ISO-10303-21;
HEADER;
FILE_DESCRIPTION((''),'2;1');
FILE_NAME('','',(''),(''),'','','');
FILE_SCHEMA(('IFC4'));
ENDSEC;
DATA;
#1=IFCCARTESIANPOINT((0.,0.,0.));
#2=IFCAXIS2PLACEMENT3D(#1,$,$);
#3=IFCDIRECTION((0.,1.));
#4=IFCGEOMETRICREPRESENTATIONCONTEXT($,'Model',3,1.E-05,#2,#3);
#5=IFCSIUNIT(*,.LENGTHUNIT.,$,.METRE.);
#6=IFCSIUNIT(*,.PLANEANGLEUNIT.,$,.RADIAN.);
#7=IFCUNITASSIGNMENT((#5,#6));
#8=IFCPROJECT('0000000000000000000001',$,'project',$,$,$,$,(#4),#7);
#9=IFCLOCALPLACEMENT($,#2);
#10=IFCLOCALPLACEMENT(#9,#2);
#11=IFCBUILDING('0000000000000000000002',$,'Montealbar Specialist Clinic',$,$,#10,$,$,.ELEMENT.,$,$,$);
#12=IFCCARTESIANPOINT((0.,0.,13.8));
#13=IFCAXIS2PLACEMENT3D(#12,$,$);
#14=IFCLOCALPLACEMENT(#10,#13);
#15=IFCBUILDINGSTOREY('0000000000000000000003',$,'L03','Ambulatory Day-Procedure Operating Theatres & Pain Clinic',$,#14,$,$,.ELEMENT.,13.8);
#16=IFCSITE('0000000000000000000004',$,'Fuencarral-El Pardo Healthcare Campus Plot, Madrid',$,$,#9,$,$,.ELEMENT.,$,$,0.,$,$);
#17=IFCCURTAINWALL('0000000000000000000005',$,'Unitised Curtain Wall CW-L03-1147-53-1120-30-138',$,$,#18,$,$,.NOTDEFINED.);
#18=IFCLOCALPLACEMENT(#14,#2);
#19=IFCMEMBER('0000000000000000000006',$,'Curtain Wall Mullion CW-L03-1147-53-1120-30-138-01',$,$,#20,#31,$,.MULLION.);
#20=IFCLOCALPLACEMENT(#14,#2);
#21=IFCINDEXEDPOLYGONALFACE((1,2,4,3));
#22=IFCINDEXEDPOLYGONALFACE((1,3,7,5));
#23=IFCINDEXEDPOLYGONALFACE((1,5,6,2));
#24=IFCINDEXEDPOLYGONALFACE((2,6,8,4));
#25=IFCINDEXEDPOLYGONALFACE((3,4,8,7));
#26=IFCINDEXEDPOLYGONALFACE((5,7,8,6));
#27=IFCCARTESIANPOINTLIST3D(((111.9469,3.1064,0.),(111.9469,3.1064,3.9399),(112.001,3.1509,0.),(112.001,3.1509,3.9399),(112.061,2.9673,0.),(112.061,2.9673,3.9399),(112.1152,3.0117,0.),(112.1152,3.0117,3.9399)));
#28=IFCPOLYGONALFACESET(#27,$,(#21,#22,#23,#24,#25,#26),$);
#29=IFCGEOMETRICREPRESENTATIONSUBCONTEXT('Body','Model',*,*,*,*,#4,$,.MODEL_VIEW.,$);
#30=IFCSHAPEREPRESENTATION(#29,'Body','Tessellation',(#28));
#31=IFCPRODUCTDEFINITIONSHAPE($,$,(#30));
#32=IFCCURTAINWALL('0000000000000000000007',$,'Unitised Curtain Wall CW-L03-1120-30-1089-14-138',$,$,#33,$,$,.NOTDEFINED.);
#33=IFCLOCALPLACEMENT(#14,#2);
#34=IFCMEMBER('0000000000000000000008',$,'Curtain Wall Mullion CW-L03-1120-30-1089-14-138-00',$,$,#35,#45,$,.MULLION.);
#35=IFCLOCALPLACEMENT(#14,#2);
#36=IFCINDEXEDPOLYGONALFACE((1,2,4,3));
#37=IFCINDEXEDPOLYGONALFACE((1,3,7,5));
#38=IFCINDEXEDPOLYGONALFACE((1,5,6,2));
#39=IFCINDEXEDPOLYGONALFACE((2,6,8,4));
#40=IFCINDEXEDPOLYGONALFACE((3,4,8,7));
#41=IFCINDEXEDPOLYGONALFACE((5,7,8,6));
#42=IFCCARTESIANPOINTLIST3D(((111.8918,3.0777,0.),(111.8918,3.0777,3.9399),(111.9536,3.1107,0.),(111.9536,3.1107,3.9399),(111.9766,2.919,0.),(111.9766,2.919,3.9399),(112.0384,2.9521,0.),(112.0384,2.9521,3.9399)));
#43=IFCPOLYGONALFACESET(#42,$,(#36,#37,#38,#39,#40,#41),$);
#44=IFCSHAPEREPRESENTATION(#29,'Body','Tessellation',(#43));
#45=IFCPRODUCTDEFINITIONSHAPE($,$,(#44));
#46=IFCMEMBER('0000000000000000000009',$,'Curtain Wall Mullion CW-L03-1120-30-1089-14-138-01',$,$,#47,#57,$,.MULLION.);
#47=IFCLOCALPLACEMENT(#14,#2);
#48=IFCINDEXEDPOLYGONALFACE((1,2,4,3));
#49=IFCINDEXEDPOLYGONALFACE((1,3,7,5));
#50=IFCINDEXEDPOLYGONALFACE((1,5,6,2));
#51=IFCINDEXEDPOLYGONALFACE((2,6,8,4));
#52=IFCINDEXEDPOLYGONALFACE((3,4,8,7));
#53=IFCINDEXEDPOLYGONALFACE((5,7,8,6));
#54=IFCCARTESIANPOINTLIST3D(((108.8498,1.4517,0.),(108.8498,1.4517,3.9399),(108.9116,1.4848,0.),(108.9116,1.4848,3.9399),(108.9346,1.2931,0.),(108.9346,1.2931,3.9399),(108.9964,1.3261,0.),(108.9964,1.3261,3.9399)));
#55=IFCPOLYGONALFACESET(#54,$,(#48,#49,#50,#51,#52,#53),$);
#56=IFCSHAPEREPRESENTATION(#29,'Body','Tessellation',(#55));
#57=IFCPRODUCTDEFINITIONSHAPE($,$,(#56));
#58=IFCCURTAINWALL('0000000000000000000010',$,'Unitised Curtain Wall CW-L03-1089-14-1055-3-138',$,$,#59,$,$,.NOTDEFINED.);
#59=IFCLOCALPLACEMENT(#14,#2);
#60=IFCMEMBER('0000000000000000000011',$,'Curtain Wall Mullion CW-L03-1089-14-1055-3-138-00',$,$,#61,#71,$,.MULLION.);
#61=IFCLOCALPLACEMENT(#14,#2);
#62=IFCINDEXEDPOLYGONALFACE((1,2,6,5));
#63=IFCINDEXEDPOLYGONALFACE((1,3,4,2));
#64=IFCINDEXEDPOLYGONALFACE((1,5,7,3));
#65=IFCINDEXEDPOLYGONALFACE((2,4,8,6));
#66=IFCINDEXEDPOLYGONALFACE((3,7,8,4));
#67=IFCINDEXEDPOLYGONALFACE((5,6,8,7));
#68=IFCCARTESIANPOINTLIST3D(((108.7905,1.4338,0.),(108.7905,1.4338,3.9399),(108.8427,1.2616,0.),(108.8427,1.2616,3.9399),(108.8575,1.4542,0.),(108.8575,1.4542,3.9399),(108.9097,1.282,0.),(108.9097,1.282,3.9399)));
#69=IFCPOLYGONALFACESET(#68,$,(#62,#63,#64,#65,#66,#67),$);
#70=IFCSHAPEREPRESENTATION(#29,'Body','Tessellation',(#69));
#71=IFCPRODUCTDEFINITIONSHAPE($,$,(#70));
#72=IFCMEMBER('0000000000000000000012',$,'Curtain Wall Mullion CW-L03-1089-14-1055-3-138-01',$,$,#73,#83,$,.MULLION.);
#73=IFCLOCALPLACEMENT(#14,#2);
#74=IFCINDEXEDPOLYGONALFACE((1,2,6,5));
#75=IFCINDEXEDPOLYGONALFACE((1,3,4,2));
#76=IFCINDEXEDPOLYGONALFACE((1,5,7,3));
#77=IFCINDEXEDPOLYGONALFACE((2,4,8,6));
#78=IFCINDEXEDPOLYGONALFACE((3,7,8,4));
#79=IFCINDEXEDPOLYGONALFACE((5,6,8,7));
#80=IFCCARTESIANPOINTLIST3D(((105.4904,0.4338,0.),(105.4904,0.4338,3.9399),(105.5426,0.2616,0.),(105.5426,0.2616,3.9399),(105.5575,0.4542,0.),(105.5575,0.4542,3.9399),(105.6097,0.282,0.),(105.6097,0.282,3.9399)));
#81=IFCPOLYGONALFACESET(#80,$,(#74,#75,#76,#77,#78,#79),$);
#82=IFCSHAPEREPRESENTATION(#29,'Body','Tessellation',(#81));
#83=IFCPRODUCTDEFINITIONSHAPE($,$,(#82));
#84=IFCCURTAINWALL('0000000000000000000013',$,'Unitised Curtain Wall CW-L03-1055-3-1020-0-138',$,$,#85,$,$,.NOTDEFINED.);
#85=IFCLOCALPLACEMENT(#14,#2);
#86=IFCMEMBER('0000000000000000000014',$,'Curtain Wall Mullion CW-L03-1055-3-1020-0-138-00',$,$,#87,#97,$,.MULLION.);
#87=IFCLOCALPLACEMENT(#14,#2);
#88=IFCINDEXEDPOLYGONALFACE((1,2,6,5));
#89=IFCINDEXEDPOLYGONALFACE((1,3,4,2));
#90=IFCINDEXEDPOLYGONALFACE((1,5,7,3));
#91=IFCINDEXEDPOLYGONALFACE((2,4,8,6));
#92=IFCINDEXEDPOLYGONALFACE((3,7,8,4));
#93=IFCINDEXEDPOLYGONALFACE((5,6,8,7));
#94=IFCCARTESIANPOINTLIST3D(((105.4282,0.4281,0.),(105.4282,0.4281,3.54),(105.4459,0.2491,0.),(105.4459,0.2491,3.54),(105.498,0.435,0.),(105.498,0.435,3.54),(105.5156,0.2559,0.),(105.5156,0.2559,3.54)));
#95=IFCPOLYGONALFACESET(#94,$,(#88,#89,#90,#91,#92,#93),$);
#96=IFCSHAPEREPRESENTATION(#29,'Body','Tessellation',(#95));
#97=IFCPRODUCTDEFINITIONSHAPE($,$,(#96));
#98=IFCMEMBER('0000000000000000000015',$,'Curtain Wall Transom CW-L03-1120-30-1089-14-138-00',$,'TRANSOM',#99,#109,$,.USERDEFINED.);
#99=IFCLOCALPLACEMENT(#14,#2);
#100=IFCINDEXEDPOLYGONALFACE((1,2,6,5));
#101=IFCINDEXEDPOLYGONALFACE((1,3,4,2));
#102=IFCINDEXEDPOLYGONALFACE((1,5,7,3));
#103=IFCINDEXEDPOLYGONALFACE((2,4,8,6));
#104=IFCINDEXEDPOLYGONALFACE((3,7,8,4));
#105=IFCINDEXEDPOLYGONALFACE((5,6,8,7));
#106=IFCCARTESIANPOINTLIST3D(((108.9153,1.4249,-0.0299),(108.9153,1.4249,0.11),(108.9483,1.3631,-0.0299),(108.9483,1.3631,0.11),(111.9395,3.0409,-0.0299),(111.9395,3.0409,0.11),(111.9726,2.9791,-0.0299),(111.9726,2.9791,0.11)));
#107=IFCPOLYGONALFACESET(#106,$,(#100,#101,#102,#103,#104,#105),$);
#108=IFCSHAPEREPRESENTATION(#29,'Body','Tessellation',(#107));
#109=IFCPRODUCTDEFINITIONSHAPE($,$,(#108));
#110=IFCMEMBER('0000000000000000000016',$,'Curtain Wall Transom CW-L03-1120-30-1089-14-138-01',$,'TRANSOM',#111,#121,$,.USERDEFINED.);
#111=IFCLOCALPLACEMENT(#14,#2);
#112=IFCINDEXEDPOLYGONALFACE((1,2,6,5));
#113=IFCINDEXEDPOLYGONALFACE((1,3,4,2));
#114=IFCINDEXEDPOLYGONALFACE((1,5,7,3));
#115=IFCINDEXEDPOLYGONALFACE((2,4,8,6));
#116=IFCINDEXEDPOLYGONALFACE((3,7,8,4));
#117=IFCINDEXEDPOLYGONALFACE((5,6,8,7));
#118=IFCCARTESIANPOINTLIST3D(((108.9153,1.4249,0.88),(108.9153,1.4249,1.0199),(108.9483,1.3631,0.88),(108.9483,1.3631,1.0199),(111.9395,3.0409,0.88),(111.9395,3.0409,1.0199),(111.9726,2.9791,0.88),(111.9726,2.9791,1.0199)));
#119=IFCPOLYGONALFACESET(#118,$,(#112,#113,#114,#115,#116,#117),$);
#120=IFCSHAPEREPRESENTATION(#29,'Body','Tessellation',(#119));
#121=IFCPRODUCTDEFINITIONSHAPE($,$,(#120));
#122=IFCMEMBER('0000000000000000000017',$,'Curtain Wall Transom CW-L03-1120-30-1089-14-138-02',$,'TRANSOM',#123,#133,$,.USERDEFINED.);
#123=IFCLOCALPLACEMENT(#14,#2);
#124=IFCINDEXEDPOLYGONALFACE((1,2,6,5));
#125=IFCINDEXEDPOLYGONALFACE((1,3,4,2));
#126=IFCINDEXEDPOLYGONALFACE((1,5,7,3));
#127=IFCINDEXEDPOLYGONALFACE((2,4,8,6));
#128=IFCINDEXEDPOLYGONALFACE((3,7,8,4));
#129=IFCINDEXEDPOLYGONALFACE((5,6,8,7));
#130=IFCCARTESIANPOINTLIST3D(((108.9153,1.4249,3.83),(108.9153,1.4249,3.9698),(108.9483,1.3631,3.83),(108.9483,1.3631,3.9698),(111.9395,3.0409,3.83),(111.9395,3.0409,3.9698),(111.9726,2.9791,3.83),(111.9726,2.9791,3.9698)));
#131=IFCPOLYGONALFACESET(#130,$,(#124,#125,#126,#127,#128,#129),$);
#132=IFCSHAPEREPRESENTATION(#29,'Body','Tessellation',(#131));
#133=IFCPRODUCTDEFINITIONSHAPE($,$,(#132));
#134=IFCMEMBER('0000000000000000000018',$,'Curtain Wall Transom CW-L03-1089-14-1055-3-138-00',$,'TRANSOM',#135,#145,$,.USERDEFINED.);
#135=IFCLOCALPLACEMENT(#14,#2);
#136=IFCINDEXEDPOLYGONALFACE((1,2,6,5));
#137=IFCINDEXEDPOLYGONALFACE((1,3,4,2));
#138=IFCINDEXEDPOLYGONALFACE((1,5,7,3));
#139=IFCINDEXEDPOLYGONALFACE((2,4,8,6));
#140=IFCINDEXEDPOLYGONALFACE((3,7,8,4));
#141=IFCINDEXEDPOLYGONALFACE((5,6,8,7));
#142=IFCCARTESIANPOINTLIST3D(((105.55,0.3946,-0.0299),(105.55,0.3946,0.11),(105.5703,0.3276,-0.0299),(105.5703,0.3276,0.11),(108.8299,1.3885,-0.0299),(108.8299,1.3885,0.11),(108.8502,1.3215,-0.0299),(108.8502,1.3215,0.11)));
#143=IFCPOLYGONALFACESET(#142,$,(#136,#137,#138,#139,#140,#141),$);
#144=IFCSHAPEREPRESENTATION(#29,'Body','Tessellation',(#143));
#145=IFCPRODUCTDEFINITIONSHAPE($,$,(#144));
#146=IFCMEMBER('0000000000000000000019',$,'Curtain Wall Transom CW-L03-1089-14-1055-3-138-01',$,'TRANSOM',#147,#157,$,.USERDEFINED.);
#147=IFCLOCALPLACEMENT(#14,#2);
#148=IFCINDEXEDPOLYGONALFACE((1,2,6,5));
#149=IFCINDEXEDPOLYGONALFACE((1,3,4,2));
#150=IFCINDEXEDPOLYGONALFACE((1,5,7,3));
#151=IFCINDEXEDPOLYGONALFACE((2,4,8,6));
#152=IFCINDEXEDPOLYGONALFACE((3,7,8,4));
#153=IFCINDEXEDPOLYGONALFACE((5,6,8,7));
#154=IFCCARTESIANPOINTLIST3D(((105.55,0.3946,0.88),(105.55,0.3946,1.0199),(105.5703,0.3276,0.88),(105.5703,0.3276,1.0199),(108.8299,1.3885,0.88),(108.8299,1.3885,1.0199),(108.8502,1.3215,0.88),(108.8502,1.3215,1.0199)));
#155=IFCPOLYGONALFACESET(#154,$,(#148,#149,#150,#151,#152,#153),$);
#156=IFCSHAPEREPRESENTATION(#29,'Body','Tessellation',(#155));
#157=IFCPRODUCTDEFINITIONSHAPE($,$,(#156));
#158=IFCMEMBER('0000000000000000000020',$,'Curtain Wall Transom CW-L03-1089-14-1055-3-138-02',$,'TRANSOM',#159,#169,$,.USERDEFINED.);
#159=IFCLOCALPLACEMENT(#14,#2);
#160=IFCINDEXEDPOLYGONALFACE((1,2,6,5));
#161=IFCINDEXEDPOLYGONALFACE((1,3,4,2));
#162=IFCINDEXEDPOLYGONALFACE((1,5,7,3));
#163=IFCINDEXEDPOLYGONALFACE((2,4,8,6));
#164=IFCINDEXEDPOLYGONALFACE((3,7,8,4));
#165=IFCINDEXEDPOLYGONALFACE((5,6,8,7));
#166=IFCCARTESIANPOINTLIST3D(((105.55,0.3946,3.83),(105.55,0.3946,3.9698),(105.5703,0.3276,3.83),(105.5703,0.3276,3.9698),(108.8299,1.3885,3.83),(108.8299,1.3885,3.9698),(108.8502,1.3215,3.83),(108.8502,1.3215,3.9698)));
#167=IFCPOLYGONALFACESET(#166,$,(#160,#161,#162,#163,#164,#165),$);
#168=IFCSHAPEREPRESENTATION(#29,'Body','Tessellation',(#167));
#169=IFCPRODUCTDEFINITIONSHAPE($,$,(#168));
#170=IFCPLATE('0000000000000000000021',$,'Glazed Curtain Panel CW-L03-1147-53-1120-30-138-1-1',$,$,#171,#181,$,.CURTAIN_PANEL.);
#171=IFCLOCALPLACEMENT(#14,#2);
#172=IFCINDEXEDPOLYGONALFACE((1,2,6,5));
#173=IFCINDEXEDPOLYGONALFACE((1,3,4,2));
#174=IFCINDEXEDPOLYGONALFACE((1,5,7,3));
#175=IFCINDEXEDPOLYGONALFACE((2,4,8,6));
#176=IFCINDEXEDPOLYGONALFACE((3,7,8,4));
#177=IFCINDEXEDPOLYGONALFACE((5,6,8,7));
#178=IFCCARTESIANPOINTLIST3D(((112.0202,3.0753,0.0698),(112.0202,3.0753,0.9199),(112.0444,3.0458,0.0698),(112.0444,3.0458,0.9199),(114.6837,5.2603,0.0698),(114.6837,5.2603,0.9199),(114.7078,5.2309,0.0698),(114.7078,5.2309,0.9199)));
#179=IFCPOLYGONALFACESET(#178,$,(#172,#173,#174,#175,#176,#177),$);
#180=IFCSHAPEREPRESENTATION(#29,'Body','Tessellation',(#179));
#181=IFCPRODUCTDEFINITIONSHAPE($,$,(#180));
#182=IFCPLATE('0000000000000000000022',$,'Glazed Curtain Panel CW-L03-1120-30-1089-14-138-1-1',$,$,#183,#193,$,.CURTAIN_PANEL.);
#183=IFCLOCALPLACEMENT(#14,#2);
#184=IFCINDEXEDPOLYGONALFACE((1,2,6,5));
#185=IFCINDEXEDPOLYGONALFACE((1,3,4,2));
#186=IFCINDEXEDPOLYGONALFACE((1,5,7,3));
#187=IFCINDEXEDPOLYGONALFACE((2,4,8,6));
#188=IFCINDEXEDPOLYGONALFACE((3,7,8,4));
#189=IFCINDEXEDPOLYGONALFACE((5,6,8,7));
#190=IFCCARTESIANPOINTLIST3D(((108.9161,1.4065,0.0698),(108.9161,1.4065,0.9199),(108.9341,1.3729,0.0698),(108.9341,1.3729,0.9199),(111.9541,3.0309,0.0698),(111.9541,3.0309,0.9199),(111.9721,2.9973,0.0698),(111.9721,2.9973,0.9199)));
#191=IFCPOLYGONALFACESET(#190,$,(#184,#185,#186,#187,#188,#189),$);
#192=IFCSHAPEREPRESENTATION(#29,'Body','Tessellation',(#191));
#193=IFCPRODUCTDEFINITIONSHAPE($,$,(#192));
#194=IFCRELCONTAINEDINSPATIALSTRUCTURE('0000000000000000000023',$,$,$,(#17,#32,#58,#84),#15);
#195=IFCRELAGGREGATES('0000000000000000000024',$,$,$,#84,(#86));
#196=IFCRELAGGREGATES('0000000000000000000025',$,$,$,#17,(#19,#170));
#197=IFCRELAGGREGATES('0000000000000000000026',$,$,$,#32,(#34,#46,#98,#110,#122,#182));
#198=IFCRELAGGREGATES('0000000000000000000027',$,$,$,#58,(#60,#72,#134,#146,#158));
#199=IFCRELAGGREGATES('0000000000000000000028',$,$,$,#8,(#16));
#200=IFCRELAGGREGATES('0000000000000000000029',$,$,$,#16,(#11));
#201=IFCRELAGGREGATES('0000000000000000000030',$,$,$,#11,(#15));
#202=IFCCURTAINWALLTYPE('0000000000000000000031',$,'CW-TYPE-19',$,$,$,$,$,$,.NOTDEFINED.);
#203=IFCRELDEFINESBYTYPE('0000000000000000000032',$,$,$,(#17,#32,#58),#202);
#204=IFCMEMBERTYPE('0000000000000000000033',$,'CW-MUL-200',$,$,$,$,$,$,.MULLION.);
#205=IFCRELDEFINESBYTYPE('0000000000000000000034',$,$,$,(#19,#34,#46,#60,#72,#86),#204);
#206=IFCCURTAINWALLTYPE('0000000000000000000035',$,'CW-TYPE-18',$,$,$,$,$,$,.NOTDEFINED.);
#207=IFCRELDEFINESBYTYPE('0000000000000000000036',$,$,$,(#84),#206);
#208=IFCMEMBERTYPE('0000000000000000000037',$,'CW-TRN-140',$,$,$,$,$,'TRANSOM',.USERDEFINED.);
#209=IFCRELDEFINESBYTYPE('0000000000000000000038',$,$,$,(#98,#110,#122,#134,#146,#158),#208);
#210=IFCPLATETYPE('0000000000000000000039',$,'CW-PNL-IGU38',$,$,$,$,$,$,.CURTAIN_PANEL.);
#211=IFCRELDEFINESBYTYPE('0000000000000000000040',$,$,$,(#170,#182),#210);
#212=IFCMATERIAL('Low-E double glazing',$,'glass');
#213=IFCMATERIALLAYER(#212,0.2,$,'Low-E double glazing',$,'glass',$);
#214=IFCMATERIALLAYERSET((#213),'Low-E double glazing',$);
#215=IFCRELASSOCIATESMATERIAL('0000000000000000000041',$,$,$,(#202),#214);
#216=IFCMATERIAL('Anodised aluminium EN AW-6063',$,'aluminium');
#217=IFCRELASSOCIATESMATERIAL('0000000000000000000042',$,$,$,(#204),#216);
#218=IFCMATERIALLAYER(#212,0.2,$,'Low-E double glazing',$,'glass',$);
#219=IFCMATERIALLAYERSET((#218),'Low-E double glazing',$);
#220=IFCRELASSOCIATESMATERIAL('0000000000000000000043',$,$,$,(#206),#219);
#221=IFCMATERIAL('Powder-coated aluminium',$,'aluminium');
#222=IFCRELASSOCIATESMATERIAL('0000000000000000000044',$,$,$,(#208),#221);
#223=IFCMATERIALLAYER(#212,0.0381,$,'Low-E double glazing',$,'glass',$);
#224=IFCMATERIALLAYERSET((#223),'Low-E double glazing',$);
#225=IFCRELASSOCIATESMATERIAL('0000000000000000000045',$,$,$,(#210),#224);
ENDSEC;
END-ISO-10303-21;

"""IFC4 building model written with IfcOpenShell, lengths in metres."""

from ifc_helpers import new_model, si_unit, direction, frame, origin, origin_2d, place, context, subcontext, project, spatial, rectangle, extrude, material, layer, layer_set, material_profile, profile_set, type_object, element, aggregate, save


model = new_model("IFC4")

# Units and contexts
model_context = context("Model", 3, precision=1e-05, world=origin(), true_north=direction((0.0, 1.0)))
body_context = subcontext(model_context, "Body", "Model", "MODEL_VIEW")
ifc_project = project(units=[si_unit("LENGTHUNIT", "METRE"), si_unit("PLANEANGLEUNIT", "RADIAN")], contexts=[model_context])

# Site, building, storey
site_placement = place(None, origin())
site = spatial("IfcSite", under=ifc_project, at=site_placement, Name="Fuencarral-El Pardo Healthcare Campus Plot, Madrid", CompositionType="ELEMENT", RefElevation=0.0)
building_placement = place(site_placement, origin())
building = spatial("IfcBuilding", under=site, at=building_placement, Name="Montealbar Specialist Clinic", CompositionType="ELEMENT")
storey_placement = place(building_placement, frame((0.0, 0.0, 13.8)))
storey = spatial("IfcBuildingStorey", under=building, at=storey_placement, Name="L03", Description="Ambulatory Day-Procedure Operating Theatres & Pain Clinic", CompositionType="ELEMENT", Elevation=13.8)

# Curtain wall, member
ifc_material_1 = material(Name="Low-E double glazing", Category="glass")
ifc_layer_1 = layer(ifc_material_1, 0.2, Name="Low-E double glazing", Category="glass")
ifc_layer_set_1 = layer_set([ifc_layer_1], Name="Low-E double glazing")
curtain_wall_type_1 = type_object("IfcCurtainWallType", Name="CW-TYPE-19", PredefinedType="NOTDEFINED", material=ifc_layer_set_1)
curtain_wall_1_placement = place(storey_placement, origin())
curtain_wall_1 = element("IfcCurtainWall", 1, at=curtain_wall_1_placement, inside=storey, type_object=curtain_wall_type_1, Name="Unitised Curtain Wall CW-L03-1147-53-1120-30-138", PredefinedType="NOTDEFINED")
ifc_material_2 = material(Name="Anodised aluminium EN AW-6063", Category="aluminium")
ifc_material_profile_1 = material_profile(ifc_material_2, rectangle(XDim=0.0701, YDim=0.1799, at=origin_2d()), Name="ALU 70x180", Category="aluminium")
ifc_profile_set_1 = profile_set([ifc_material_profile_1], Name="Anodised aluminium EN AW-6063")
member_type_1 = type_object("IfcMemberType", Name="CW-MUL-200", PredefinedType="MULLION", material=ifc_profile_set_1)
member_1_placement = place(storey_placement, frame((112.031, 3.0591, 0.0), z_axis=(0.0, 0.0, 1.0), x_axis=(-0.773123, -0.634256, 0.0)))
member_1 = element("IfcMember", 2, at=member_1_placement, type_object=member_type_1, Name="Curtain Wall Mullion CW-L03-1147-53-1120-30-138-01", PredefinedType="MULLION", context=body_context, shape_type="SweptSolid", body=[
    extrude(rectangle(XDim=0.0701, YDim=0.1799, at=origin_2d()), origin(), (0.0, 0.0, 1.0), 3.9399),
])

# Curtain walls, members
curtain_wall_2_placement = place(storey_placement, origin())
curtain_wall_2 = element("IfcCurtainWall", 3, at=curtain_wall_2_placement, inside=storey, type_object=curtain_wall_type_1, Name="Unitised Curtain Wall CW-L03-1120-30-1089-14-138", PredefinedType="NOTDEFINED")
member_2_placement = place(storey_placement, frame((111.9651, 3.0149, 0.0), z_axis=(0.0, 0.0, 1.0), x_axis=(-0.88185, -0.471529, 0.0)))
member_2 = element("IfcMember", 4, at=member_2_placement, type_object=member_type_1, Name="Curtain Wall Mullion CW-L03-1120-30-1089-14-138-00", PredefinedType="MULLION", context=body_context, shape_type="SweptSolid", body=[
    extrude(rectangle(XDim=0.0701, YDim=0.1799, at=origin_2d()), origin(), (0.0, 0.0, 1.0), 3.9399),
])
member_3_placement = place(storey_placement, frame((108.9231, 1.3889, 0.0), z_axis=(0.0, 0.0, 1.0), x_axis=(-0.88185, -0.471529, 0.0)))
member_3 = element("IfcMember", 5, at=member_3_placement, type_object=member_type_1, Name="Curtain Wall Mullion CW-L03-1120-30-1089-14-138-01", PredefinedType="MULLION", context=body_context, shape_type="SweptSolid", body=[
    extrude(rectangle(XDim=0.0701, YDim=0.1799, at=origin_2d()), origin(), (0.0, 0.0, 1.0), 3.9399),
])
curtain_wall_3_placement = place(storey_placement, origin())
curtain_wall_3 = element("IfcCurtainWall", 6, at=curtain_wall_3_placement, inside=storey, type_object=curtain_wall_type_1, Name="Unitised Curtain Wall CW-L03-1089-14-1055-3-138", PredefinedType="NOTDEFINED")
member_4_placement = place(storey_placement, frame((108.8501, 1.3579, 0.0), z_axis=(0.0, 0.0, 1.0), x_axis=(-0.956948, -0.290259, 0.0)))
member_4 = element("IfcMember", 7, at=member_4_placement, type_object=member_type_1, Name="Curtain Wall Mullion CW-L03-1089-14-1055-3-138-00", PredefinedType="MULLION", context=body_context, shape_type="SweptSolid", body=[
    extrude(rectangle(XDim=0.0701, YDim=0.1799, at=origin_2d()), origin(), (0.0, 0.0, 1.0), 3.9399),
])
member_5_placement = place(storey_placement, frame((105.55, 0.3579, 0.0), z_axis=(0.0, 0.0, 1.0), x_axis=(-0.956948, -0.290259, 0.0)))
member_5 = element("IfcMember", 8, at=member_5_placement, type_object=member_type_1, Name="Curtain Wall Mullion CW-L03-1089-14-1055-3-138-01", PredefinedType="MULLION", context=body_context, shape_type="SweptSolid", body=[
    extrude(rectangle(XDim=0.0701, YDim=0.1799, at=origin_2d()), origin(), (0.0, 0.0, 1.0), 3.9399),
])

# Curtain wall, member
ifc_layer_2 = layer(ifc_material_1, 0.2, Name="Low-E double glazing", Category="glass")
ifc_layer_set_2 = layer_set([ifc_layer_2], Name="Low-E double glazing")
curtain_wall_type_2 = type_object("IfcCurtainWallType", Name="CW-TYPE-18", PredefinedType="NOTDEFINED", material=ifc_layer_set_2)
curtain_wall_4_placement = place(storey_placement, origin())
curtain_wall_4 = element("IfcCurtainWall", 9, at=curtain_wall_4_placement, inside=storey, type_object=curtain_wall_type_2, Name="Unitised Curtain Wall CW-L03-1055-3-1020-0-138", PredefinedType="NOTDEFINED")
member_6_placement = place(storey_placement, frame((105.4719, 0.342, 0.0), z_axis=(0.0, 0.0, 1.0), x_axis=(-0.995182, -0.098045, 0.0)))
member_6 = element("IfcMember", 10, at=member_6_placement, type_object=member_type_1, Name="Curtain Wall Mullion CW-L03-1055-3-1020-0-138-00", PredefinedType="MULLION", context=body_context, shape_type="SweptSolid", body=[
    extrude(rectangle(XDim=0.0701, YDim=0.1799, at=origin_2d()), origin(), (0.0, 0.0, 1.0), 3.54),
])
aggregate(curtain_wall_4, [member_6])

# Members
ifc_material_3 = material(Name="Powder-coated aluminium", Category="aluminium")
ifc_material_profile_2 = material_profile(ifc_material_3, rectangle(XDim=0.0701, YDim=0.1399, at=origin_2d()), Name="ALU 70x140", Category="aluminium")
ifc_profile_set_2 = profile_set([ifc_material_profile_2], Name="Powder-coated aluminium")
member_type_2 = type_object("IfcMemberType", Name="CW-TRN-140", ElementType="TRANSOM", PredefinedType="USERDEFINED", material=ifc_profile_set_2)
member_7_placement = place(storey_placement, frame((111.9561, 3.01, 0.04), z_axis=(-0.88198, -0.471287, 0.0), x_axis=(0.471287, -0.88198, 0.0)))
member_7 = element("IfcMember", 11, at=member_7_placement, type_object=member_type_2, Name="Curtain Wall Transom CW-L03-1120-30-1089-14-138-00", ObjectType="TRANSOM", PredefinedType="USERDEFINED", context=body_context, shape_type="SweptSolid", body=[
    extrude(rectangle(XDim=0.0701, YDim=0.1399, at=origin_2d()), origin(), (0.0, 0.0, 1.0), 3.429),
])
member_8_placement = place(storey_placement, frame((111.9561, 3.01, 0.95), z_axis=(-0.88198, -0.471287, 0.0), x_axis=(0.471287, -0.88198, 0.0)))
member_8 = element("IfcMember", 12, at=member_8_placement, type_object=member_type_2, Name="Curtain Wall Transom CW-L03-1120-30-1089-14-138-01", ObjectType="TRANSOM", PredefinedType="USERDEFINED", context=body_context, shape_type="SweptSolid", body=[
    extrude(rectangle(XDim=0.0701, YDim=0.1399, at=origin_2d()), origin(), (0.0, 0.0, 1.0), 3.429),
])
member_9_placement = place(storey_placement, frame((111.9561, 3.01, 3.8999), z_axis=(-0.88198, -0.471287, 0.0), x_axis=(0.471287, -0.88198, 0.0)))
member_9 = element("IfcMember", 13, at=member_9_placement, type_object=member_type_2, Name="Curtain Wall Transom CW-L03-1120-30-1089-14-138-02", ObjectType="TRANSOM", PredefinedType="USERDEFINED", context=body_context, shape_type="SweptSolid", body=[
    extrude(rectangle(XDim=0.0701, YDim=0.1399, at=origin_2d()), origin(), (0.0, 0.0, 1.0), 3.429),
])
member_10_placement = place(storey_placement, frame((108.8401, 1.355, 0.04), z_axis=(-0.957029, -0.289994, 0.0), x_axis=(0.289994, -0.957029, 0.0)))
member_10 = element("IfcMember", 14, at=member_10_placement, type_object=member_type_2, Name="Curtain Wall Transom CW-L03-1089-14-1055-3-138-00", ObjectType="TRANSOM", PredefinedType="USERDEFINED", context=body_context, shape_type="SweptSolid", body=[
    extrude(rectangle(XDim=0.0701, YDim=0.1399, at=origin_2d()), origin(), (0.0, 0.0, 1.0), 3.4272),
])
member_11_placement = place(storey_placement, frame((108.8401, 1.355, 0.95), z_axis=(-0.957029, -0.289994, 0.0), x_axis=(0.289994, -0.957029, 0.0)))
member_11 = element("IfcMember", 15, at=member_11_placement, type_object=member_type_2, Name="Curtain Wall Transom CW-L03-1089-14-1055-3-138-01", ObjectType="TRANSOM", PredefinedType="USERDEFINED", context=body_context, shape_type="SweptSolid", body=[
    extrude(rectangle(XDim=0.0701, YDim=0.1399, at=origin_2d()), origin(), (0.0, 0.0, 1.0), 3.4272),
])
member_12_placement = place(storey_placement, frame((108.8401, 1.355, 3.8999), z_axis=(-0.957029, -0.289994, 0.0), x_axis=(0.289994, -0.957029, 0.0)))
member_12 = element("IfcMember", 16, at=member_12_placement, type_object=member_type_2, Name="Curtain Wall Transom CW-L03-1089-14-1055-3-138-02", ObjectType="TRANSOM", PredefinedType="USERDEFINED", context=body_context, shape_type="SweptSolid", body=[
    extrude(rectangle(XDim=0.0701, YDim=0.1399, at=origin_2d()), origin(), (0.0, 0.0, 1.0), 3.4272),
])

# Plates
ifc_layer_3 = layer(ifc_material_1, 0.0381, Name="Low-E double glazing", Category="glass")
ifc_layer_set_3 = layer_set([ifc_layer_3], Name="Low-E double glazing")
plate_type = type_object("IfcPlateType", Name="CW-PNL-IGU38", PredefinedType="CURTAIN_PANEL", material=ifc_layer_set_3)
plate_1_placement = place(storey_placement, frame((113.364, 4.1531, 0.0698), z_axis=(0.0, 0.0, 1.0), x_axis=(-0.773123, -0.634256, 0.0)))
plate_1 = element("IfcPlate", 17, at=plate_1_placement, type_object=plate_type, Name="Glazed Curtain Panel CW-L03-1147-53-1120-30-138-1-1", PredefinedType="CURTAIN_PANEL", context=body_context, shape_type="SweptSolid", body=[
    extrude(rectangle(XDim=3.4451, YDim=0.0381, at=origin_2d()), origin(), (0.0, 0.0, 1.0), 0.8501),
])
aggregate(curtain_wall_1, [member_1, plate_1])
plate_2_placement = place(storey_placement, frame((110.4441, 2.2019, 0.0698), z_axis=(0.0, 0.0, 1.0), x_axis=(-0.88185, -0.471529, 0.0)))
plate_2 = element("IfcPlate", 18, at=plate_2_placement, type_object=plate_type, Name="Glazed Curtain Panel CW-L03-1120-30-1089-14-138-1-1", PredefinedType="CURTAIN_PANEL", context=body_context, shape_type="SweptSolid", body=[
    extrude(rectangle(XDim=3.4451, YDim=0.0381, at=origin_2d()), origin(), (0.0, 0.0, 1.0), 0.8501),
])
aggregate(curtain_wall_2, [member_2, member_3, member_7, member_8, member_9, plate_2])
aggregate(curtain_wall_3, [member_4, member_5, member_10, member_11, member_12])

save(model, "model.ifc")
